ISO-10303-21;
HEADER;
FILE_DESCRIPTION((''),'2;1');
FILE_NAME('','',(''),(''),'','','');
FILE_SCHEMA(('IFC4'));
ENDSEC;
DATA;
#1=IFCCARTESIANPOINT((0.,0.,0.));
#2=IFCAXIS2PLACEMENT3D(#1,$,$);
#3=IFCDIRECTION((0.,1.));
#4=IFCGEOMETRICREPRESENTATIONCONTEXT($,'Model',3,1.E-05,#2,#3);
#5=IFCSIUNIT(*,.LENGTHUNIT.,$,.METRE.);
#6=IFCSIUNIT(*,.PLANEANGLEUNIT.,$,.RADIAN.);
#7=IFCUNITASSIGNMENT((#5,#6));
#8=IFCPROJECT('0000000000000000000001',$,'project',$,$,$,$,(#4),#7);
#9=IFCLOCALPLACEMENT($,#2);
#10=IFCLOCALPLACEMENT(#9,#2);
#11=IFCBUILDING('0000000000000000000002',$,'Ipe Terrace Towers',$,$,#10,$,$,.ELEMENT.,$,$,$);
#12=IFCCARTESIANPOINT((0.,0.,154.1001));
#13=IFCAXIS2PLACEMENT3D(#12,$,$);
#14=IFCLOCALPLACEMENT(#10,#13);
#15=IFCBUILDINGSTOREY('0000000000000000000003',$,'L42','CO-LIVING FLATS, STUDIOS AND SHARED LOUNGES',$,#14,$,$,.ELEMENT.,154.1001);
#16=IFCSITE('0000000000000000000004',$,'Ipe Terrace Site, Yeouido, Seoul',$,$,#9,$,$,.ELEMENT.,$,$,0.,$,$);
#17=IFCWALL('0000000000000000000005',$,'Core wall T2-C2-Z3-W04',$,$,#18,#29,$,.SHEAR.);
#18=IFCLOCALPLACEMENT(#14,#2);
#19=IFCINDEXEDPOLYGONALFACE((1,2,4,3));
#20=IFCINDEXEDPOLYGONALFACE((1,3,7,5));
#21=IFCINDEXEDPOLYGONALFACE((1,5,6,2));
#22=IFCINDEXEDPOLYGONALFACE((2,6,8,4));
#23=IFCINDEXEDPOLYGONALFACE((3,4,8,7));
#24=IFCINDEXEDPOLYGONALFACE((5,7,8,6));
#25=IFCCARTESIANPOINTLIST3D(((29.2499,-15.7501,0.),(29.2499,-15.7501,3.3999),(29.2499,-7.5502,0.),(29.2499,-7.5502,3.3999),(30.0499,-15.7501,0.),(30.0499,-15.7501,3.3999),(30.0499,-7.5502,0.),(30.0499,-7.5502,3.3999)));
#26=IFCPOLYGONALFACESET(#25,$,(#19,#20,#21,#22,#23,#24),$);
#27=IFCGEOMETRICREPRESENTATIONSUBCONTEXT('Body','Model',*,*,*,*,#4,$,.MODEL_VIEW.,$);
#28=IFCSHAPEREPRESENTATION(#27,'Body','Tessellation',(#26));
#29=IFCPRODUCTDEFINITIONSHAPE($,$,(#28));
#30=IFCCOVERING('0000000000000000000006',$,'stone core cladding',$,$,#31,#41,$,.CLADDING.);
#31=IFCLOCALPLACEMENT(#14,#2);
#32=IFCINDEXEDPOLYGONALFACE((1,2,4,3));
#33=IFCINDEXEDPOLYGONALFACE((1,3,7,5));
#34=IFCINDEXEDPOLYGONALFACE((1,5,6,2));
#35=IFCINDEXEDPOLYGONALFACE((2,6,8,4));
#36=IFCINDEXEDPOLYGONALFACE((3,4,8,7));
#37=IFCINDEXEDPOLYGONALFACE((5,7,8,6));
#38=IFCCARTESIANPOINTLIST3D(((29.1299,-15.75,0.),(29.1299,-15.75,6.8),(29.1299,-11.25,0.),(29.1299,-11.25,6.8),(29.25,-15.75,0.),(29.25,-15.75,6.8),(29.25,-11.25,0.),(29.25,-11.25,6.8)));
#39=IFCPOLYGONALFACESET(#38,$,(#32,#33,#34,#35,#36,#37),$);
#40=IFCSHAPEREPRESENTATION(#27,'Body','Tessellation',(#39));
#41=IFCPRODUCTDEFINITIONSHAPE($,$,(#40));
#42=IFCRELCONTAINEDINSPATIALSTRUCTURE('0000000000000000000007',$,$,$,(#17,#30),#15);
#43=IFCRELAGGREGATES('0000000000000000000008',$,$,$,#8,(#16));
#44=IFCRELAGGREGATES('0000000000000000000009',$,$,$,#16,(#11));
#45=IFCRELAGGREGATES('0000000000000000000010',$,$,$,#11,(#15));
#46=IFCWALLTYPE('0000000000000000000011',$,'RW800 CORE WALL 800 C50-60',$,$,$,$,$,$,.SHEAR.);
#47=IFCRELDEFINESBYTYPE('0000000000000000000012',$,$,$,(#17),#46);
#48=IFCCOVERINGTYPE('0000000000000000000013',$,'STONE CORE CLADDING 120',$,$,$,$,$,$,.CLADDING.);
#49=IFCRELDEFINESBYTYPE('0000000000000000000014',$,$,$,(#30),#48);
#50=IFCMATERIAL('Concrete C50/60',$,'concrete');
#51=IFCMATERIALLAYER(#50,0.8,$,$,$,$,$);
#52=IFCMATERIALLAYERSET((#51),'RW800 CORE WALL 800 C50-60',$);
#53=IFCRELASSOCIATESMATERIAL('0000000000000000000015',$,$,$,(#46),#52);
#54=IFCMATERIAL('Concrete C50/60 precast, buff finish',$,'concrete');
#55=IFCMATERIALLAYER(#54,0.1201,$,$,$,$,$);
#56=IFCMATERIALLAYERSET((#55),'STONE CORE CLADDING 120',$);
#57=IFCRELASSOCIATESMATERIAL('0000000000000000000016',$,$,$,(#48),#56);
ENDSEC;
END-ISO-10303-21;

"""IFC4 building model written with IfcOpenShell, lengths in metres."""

from ifc_helpers import new_model, si_unit, direction, frame, frame_2d, origin, origin_2d, place, context, subcontext, project, spatial, rectangle, extrude, material, layer, layer_set, type_object, element, save


model = new_model("IFC4")

# Units and contexts
model_context = context("Model", 3, precision=1e-05, world=origin(), true_north=direction((0.0, 1.0)))
body_context = subcontext(model_context, "Body", "Model", "MODEL_VIEW")
ifc_project = project(units=[si_unit("LENGTHUNIT", "METRE"), si_unit("PLANEANGLEUNIT", "RADIAN")], contexts=[model_context])

# Site, building, storey
site_placement = place(None, origin())
site = spatial("IfcSite", under=ifc_project, at=site_placement, Name="Ipe Terrace Site, Yeouido, Seoul", CompositionType="ELEMENT", RefElevation=0.0)
building_placement = place(site_placement, origin())
building = spatial("IfcBuilding", under=site, at=building_placement, Name="Ipe Terrace Towers", CompositionType="ELEMENT")
storey_placement = place(building_placement, frame((0.0, 0.0, 154.1001)))
storey = spatial("IfcBuildingStorey", under=building, at=storey_placement, Name="L42", Description="CO-LIVING FLATS, STUDIOS AND SHARED LOUNGES", CompositionType="ELEMENT", Elevation=154.1001)

# Shared definitions
ifc_material_1 = material(Name="Concrete C50/60", Category="concrete")
ifc_layer_1 = layer(ifc_material_1, 0.8)
ifc_layer_set_1 = layer_set([ifc_layer_1], Name="RW800 CORE WALL 800 C50-60")
wall_type_1 = type_object("IfcWallType", Name="RW800 CORE WALL 800 C50-60", PredefinedType="SHEAR", material=ifc_layer_set_1)

# Wall
wall_1_placement = place(storey_placement, frame((29.6499, -7.55, 0.0), z_axis=(0.0, 0.0, 1.0), x_axis=(0.0, -1.0, 0.0)))
element("IfcWall", 1, at=wall_1_placement, inside=storey, type_object=wall_type_1, Name="Core wall T2-C2-Z3-W04", PredefinedType="SHEAR", context=body_context, shape_type="SweptSolid", body=[
    extrude(rectangle(XDim=8.2, YDim=0.8, at=frame_2d((4.1001, 0.0))), origin(), (0.0, 0.0, 1.0), 3.3999),
])

# Covering
ifc_material_2 = material(Name="Concrete C50/60 precast, buff finish", Category="concrete")
ifc_layer_2 = layer(ifc_material_2, 0.1201)
ifc_layer_set_2 = layer_set([ifc_layer_2], Name="STONE CORE CLADDING 120")
covering_type = type_object("IfcCoveringType", Name="STONE CORE CLADDING 120", PredefinedType="CLADDING", material=ifc_layer_set_2)
covering_placement = place(storey_placement, frame((29.1899, -13.5, 0.0), z_axis=(0.0, 0.0, 1.0), x_axis=(0.0, -1.0, 0.0)))
element("IfcCovering", 2, at=covering_placement, inside=storey, type_object=covering_type, Name="stone core cladding", PredefinedType="CLADDING", context=body_context, shape_type="SweptSolid", body=[
    extrude(rectangle(XDim=4.5, YDim=0.1201, at=origin_2d()), origin(), (0.0, 0.0, 1.0), 6.8),
])

save(model, "model.ifc")
